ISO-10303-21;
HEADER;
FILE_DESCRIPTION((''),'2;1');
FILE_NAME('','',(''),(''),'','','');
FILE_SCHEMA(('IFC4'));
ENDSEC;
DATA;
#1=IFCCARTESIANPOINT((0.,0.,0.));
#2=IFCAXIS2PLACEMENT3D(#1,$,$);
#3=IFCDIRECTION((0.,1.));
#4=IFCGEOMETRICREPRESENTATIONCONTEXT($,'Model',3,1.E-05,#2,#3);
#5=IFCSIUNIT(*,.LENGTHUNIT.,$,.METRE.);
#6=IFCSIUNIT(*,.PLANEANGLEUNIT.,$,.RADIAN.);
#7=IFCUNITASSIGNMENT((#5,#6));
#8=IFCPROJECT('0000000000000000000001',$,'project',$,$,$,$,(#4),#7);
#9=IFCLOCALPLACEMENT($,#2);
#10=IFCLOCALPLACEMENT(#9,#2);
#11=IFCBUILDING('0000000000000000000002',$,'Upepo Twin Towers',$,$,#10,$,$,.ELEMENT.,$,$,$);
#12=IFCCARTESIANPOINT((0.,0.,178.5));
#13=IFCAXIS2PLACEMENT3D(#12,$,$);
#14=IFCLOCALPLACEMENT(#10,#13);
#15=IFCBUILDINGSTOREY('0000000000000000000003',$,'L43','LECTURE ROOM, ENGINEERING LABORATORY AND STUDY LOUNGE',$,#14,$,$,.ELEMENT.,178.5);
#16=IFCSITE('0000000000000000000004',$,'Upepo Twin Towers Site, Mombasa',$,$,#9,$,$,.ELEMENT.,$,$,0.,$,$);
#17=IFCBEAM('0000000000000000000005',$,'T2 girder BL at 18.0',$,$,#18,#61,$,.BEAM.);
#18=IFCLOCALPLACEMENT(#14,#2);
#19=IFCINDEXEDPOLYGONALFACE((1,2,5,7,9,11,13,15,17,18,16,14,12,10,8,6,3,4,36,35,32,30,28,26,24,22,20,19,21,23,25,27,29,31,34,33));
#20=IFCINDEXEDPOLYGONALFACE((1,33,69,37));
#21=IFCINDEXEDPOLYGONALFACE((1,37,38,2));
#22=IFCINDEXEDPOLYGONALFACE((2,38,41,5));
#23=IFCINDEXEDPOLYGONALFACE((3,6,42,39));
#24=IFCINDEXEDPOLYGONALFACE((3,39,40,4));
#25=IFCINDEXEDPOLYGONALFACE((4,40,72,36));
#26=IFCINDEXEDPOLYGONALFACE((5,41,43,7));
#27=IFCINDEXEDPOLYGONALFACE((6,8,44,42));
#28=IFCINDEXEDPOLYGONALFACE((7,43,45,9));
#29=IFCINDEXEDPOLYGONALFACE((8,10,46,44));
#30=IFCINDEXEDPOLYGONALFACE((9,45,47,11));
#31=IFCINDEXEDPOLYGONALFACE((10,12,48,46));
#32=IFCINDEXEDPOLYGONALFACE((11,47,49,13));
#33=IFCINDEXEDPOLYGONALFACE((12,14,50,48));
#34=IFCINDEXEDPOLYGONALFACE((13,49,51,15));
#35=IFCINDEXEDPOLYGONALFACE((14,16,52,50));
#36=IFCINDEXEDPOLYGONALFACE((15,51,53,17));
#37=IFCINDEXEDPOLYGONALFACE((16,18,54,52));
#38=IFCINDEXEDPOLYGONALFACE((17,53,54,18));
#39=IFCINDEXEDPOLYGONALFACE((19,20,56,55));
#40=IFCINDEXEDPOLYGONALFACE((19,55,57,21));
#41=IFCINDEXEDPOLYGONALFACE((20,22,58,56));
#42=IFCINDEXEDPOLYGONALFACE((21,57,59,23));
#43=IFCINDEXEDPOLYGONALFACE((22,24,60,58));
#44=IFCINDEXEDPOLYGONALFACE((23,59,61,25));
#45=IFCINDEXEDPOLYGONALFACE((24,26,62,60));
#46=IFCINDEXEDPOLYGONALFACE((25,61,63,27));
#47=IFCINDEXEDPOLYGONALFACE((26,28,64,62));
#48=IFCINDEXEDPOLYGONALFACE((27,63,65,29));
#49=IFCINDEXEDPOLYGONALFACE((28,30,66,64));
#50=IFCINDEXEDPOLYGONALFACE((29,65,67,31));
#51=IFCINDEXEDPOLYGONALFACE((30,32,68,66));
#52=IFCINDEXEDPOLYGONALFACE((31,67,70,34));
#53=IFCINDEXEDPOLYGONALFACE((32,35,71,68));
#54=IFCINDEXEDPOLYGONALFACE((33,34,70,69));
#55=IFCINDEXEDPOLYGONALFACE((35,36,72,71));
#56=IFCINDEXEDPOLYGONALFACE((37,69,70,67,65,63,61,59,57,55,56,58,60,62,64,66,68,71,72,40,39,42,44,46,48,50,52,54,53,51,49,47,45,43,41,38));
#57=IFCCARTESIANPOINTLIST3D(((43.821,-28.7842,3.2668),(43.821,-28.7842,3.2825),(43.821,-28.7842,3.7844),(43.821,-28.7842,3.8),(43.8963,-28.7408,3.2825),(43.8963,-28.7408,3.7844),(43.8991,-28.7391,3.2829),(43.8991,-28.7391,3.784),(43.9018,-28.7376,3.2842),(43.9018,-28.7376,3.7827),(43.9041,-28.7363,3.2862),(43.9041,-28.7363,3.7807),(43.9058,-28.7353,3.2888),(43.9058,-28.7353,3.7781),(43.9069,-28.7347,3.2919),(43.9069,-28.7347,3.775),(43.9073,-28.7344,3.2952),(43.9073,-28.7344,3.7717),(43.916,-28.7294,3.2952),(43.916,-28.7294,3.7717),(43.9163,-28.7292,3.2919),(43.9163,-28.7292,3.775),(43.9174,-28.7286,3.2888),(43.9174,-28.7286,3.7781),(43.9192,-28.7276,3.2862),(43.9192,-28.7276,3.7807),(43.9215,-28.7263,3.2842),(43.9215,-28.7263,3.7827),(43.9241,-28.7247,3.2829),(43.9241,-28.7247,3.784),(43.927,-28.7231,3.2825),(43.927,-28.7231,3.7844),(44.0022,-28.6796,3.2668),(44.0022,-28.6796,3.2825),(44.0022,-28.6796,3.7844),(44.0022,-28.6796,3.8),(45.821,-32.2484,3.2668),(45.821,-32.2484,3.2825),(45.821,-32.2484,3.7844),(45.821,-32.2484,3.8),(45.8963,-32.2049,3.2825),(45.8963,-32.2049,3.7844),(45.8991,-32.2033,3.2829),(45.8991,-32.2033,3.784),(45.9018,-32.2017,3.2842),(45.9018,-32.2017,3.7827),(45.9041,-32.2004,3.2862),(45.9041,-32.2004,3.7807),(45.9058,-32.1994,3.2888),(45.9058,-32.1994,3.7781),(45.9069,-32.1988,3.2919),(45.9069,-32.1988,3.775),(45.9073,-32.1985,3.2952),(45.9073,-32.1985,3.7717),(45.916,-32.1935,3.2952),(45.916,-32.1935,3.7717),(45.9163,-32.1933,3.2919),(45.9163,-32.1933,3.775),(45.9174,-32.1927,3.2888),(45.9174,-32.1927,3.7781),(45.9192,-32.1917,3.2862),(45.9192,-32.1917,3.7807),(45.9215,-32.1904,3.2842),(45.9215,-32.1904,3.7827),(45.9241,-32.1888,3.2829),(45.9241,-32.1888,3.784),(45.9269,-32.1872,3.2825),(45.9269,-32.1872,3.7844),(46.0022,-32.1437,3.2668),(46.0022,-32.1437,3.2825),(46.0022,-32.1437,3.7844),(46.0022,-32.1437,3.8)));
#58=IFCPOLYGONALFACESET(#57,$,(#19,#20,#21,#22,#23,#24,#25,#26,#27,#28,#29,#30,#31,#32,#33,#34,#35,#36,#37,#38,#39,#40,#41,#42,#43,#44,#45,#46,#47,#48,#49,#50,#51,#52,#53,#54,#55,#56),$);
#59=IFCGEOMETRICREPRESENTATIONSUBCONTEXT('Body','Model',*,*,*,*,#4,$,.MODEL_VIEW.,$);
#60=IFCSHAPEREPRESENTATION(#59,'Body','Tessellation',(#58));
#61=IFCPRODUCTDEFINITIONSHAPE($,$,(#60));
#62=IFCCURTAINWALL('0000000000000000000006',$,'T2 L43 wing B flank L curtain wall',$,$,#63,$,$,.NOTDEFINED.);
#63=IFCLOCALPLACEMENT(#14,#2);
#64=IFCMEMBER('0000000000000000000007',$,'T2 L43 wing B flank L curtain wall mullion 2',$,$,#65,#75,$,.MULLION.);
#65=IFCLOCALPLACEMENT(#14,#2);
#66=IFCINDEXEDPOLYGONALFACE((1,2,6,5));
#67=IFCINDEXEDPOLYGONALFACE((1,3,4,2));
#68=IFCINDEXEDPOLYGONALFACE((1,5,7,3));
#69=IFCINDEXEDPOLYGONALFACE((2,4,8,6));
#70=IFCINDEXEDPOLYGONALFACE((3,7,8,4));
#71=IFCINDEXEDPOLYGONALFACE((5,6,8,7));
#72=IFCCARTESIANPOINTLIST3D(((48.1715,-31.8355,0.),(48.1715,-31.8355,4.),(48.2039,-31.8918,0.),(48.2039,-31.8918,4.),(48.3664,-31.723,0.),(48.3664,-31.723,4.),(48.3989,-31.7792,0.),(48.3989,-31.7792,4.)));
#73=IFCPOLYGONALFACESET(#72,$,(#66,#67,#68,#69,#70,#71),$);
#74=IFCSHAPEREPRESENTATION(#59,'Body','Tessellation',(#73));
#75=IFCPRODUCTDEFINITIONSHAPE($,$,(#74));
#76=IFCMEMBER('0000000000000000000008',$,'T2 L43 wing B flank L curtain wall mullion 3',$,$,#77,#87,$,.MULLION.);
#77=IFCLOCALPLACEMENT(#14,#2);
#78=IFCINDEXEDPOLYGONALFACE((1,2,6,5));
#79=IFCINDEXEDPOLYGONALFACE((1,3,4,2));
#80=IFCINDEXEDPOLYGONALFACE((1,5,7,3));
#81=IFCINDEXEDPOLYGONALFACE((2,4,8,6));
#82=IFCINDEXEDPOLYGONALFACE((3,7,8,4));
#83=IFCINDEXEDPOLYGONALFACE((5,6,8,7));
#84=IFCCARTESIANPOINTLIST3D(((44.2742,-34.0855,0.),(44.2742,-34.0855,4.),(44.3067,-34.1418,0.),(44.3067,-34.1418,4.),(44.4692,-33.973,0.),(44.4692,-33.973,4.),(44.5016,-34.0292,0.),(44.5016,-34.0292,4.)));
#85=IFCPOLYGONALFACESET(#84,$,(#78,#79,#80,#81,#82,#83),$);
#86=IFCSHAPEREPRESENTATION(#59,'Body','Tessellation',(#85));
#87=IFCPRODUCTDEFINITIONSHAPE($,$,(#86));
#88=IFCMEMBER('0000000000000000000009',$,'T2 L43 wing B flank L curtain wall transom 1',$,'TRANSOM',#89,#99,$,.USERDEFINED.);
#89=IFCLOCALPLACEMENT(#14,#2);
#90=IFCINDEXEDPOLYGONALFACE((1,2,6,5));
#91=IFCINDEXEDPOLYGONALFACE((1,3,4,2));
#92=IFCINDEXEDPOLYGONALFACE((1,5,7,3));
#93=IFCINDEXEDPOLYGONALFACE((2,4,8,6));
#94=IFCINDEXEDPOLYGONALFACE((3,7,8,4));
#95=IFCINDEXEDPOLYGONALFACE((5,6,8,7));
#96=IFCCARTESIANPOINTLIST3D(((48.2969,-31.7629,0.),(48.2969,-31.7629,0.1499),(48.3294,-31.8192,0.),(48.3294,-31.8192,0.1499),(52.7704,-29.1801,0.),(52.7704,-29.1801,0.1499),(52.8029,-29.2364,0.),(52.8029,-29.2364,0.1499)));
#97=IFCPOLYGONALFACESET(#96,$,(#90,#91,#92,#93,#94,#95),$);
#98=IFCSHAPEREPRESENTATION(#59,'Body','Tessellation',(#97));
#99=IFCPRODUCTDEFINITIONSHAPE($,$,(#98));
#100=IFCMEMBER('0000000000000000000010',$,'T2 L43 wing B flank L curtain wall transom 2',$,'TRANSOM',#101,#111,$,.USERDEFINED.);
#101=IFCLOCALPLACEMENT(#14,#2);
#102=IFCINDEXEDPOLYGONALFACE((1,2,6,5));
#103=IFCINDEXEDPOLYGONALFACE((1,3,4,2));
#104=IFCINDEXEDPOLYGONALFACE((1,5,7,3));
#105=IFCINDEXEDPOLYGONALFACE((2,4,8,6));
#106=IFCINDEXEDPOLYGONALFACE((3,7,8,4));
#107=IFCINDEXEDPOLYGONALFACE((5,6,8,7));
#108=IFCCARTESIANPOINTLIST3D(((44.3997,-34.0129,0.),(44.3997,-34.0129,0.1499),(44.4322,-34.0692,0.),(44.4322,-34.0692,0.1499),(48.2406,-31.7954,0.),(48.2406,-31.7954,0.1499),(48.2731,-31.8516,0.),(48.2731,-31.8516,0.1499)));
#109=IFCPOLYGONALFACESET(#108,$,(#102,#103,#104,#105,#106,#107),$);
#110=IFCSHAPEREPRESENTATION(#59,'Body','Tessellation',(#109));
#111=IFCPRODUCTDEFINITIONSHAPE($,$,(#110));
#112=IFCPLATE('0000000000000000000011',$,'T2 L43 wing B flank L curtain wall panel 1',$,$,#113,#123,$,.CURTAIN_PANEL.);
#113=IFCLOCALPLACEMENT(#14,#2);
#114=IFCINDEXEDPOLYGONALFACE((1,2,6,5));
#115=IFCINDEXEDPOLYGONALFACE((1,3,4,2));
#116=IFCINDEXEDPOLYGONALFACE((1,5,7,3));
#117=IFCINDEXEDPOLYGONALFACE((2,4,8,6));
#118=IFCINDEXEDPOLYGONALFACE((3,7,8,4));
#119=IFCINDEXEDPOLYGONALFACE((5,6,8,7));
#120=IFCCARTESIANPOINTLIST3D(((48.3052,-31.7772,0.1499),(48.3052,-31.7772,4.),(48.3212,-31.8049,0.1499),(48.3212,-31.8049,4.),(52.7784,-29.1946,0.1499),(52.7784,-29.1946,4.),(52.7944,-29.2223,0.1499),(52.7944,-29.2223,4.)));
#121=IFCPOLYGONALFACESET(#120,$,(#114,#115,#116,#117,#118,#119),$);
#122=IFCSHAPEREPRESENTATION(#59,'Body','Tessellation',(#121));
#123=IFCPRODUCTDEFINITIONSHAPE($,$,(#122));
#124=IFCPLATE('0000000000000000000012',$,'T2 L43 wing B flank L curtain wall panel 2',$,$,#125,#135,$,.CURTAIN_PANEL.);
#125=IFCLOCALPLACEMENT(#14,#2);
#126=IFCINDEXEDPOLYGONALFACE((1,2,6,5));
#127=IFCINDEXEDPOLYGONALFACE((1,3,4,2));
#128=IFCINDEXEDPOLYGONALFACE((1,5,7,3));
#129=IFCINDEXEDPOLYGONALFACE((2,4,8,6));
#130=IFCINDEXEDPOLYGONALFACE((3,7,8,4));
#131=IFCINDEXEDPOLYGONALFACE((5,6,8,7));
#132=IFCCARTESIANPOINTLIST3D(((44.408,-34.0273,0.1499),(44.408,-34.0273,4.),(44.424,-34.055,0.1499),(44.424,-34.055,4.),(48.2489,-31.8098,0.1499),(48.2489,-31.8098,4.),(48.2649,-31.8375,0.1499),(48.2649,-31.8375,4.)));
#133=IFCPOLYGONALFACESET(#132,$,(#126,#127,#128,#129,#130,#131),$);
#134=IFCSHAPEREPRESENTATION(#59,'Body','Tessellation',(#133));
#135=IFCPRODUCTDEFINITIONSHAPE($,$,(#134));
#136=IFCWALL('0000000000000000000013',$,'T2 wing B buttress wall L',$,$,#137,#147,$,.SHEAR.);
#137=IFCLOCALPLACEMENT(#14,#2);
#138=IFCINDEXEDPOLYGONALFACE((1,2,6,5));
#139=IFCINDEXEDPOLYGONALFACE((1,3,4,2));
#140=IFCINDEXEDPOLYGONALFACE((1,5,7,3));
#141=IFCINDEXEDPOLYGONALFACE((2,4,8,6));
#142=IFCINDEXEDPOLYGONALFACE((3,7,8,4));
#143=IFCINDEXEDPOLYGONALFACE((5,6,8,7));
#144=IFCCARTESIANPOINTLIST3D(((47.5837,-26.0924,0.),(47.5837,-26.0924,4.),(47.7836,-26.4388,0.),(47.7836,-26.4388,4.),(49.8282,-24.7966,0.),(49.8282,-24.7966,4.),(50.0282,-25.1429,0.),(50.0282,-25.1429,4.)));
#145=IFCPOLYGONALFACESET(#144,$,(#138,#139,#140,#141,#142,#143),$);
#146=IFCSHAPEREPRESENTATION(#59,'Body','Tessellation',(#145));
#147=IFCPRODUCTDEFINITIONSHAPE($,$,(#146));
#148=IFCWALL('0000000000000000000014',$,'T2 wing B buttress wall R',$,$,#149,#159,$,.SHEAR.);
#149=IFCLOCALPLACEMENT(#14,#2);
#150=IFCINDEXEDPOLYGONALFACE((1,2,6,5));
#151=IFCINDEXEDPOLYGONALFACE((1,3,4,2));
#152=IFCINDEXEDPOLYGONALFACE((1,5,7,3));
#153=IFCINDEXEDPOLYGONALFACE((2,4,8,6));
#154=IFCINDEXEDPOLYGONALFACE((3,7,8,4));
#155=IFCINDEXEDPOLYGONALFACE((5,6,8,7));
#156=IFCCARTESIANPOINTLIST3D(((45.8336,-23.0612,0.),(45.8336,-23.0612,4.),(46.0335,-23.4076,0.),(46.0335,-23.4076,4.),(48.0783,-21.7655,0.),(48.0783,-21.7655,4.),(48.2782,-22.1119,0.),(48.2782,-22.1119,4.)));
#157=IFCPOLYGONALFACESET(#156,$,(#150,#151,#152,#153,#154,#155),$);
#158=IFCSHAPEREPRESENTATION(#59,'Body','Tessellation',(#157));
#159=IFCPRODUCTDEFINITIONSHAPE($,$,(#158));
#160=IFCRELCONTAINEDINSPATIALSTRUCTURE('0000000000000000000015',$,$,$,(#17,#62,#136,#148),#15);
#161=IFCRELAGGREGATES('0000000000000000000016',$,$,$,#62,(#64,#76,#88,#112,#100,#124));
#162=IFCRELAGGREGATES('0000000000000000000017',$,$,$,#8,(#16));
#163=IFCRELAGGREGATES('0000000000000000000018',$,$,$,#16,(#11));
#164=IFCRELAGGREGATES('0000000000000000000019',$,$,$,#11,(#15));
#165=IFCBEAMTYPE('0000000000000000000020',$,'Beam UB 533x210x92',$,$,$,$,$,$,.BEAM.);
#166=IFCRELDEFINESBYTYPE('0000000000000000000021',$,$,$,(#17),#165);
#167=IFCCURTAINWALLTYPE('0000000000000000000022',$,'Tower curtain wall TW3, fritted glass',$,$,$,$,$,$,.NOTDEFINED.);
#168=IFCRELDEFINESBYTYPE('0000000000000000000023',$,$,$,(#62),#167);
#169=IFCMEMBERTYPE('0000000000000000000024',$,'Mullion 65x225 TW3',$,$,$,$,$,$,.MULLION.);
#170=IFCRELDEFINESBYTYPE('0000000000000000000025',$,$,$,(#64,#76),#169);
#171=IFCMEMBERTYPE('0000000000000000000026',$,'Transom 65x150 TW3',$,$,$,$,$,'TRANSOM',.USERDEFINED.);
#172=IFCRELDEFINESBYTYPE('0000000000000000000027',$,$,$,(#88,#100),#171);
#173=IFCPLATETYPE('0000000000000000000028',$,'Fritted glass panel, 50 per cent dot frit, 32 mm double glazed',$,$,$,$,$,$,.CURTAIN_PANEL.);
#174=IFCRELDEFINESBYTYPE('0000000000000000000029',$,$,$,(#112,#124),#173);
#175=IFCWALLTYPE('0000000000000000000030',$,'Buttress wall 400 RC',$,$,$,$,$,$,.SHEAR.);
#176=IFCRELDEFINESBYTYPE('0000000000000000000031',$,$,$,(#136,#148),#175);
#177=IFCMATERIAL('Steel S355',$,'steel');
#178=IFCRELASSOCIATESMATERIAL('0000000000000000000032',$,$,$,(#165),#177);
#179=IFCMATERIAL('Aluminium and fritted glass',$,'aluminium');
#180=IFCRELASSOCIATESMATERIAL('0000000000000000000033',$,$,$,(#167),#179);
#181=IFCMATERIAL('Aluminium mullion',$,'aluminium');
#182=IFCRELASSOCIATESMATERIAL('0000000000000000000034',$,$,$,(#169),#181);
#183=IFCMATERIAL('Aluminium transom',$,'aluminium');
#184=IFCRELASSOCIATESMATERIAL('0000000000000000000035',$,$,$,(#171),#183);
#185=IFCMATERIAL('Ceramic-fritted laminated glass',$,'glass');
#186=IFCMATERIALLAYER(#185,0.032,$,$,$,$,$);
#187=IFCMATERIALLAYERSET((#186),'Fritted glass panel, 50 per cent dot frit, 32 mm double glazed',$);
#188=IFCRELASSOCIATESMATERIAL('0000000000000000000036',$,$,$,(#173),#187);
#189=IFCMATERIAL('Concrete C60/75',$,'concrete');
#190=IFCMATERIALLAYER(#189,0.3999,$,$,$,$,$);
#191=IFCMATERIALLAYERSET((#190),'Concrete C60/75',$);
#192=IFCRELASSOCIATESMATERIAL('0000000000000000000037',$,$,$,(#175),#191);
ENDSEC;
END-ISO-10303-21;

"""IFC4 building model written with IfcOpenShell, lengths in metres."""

from ifc_helpers import new_model, si_unit, direction, frame, frame_2d, origin, origin_2d, place, context, subcontext, project, spatial, rectangle, i_section, extrude, material, layer, layer_set, material_profile, profile_set, type_object, element, aggregate, save


model = new_model("IFC4")

# Units and contexts
model_context = context("Model", 3, precision=1e-05, world=origin(), true_north=direction((0.0, 1.0)))
body_context = subcontext(model_context, "Body", "Model", "MODEL_VIEW")
ifc_project = project(units=[si_unit("LENGTHUNIT", "METRE"), si_unit("PLANEANGLEUNIT", "RADIAN")], contexts=[model_context])

# Site, building, storey
site_placement = place(None, origin())
site = spatial("IfcSite", under=ifc_project, at=site_placement, Name="Upepo Twin Towers Site, Mombasa", CompositionType="ELEMENT", RefElevation=0.0)
building_placement = place(site_placement, origin())
building = spatial("IfcBuilding", under=site, at=building_placement, Name="Upepo Twin Towers", CompositionType="ELEMENT")
storey_placement = place(building_placement, frame((0.0, 0.0, 178.5)))
storey = spatial("IfcBuildingStorey", under=building, at=storey_placement, Name="L43", Description="LECTURE ROOM, ENGINEERING LABORATORY AND STUDY LOUNGE", CompositionType="ELEMENT", Elevation=178.5)

# Beam
ifc_material_1 = material(Name="Steel S355", Category="steel")
ifc_material_profile_1 = material_profile(ifc_material_1, i_section(OverallWidth=0.2092, OverallDepth=0.5332, WebThickness=0.01, FlangeThickness=0.0156, FilletRadius=0.0127, at=origin_2d()), Name="UB 533x210x92")
ifc_profile_set_1 = profile_set([ifc_material_profile_1], Name="Steel S355")
beam_type_1 = type_object("IfcBeamType", Name="Beam UB 533x210x92", PredefinedType="BEAM", material=ifc_profile_set_1)
for number, where, z_axis, x_axis, name in (
    (1, (45.9116, -32.196, 3.5334), (-0.499999, 0.866026, 0.0), (-0.866026, -0.499999, 0.0), "T2 girder BL at 18.0"),
):
    element("IfcBeam", number, at=place(storey_placement, frame(where, z_axis=z_axis, x_axis=x_axis)), inside=storey, type_object=beam_type_1, Name=name, PredefinedType="BEAM", context=body_context, shape_type="SweptSolid", body=[
        extrude(i_section(OverallWidth=0.2092, OverallDepth=0.5332, WebThickness=0.01, FlangeThickness=0.0156, FilletRadius=0.0127, at=origin_2d()), origin(), (0.0, 0.0, 1.0), 4.0),
    ])

# Curtain wall, members, plates
ifc_material_2 = material(Name="Aluminium and fritted glass", Category="aluminium")
curtain_wall_type = type_object("IfcCurtainWallType", Name="Tower curtain wall TW3, fritted glass", PredefinedType="NOTDEFINED", material=ifc_material_2)
curtain_wall_placement = place(storey_placement, origin())
curtain_wall = element("IfcCurtainWall", 2, at=curtain_wall_placement, inside=storey, type_object=curtain_wall_type, Name="T2 L43 wing B flank L curtain wall", PredefinedType="NOTDEFINED")
ifc_material_3 = material(Name="Aluminium mullion", Category="aluminium")
ifc_material_profile_2 = material_profile(ifc_material_3, rectangle(XDim=0.0649, YDim=0.2251, at=origin_2d()), Name="MULLION 65x225")
ifc_profile_set_2 = profile_set([ifc_material_profile_2], Name="Aluminium mullion")
member_type_1 = type_object("IfcMemberType", Name="Mullion 65x225 TW3", PredefinedType="MULLION", material=ifc_profile_set_2)
member_1_placement = place(storey_placement, frame((48.2852, -31.8074, 0.0), z_axis=(0.0, 0.0, 1.0), x_axis=(0.5, -0.866025, 0.0)))
member_1 = element("IfcMember", 3, at=member_1_placement, type_object=member_type_1, Name="T2 L43 wing B flank L curtain wall mullion 2", PredefinedType="MULLION", context=body_context, shape_type="SweptSolid", body=[
    extrude(rectangle(XDim=0.0649, YDim=0.2251, at=origin_2d()), origin(), (0.0, 0.0, 1.0), 4.0),
])
member_2_placement = place(storey_placement, frame((44.3879, -34.0574, 0.0), z_axis=(0.0, 0.0, 1.0), x_axis=(0.5, -0.866025, 0.0)))
member_2 = element("IfcMember", 4, at=member_2_placement, type_object=member_type_1, Name="T2 L43 wing B flank L curtain wall mullion 3", PredefinedType="MULLION", context=body_context, shape_type="SweptSolid", body=[
    extrude(rectangle(XDim=0.0649, YDim=0.2251, at=origin_2d()), origin(), (0.0, 0.0, 1.0), 4.0),
])
ifc_material_4 = material(Name="Aluminium transom", Category="aluminium")
ifc_material_profile_3 = material_profile(ifc_material_4, rectangle(XDim=0.0649, YDim=0.1499, at=origin_2d()), Name="TRANSOM 65x150")
ifc_profile_set_3 = profile_set([ifc_material_profile_3], Name="Aluminium transom")
member_type_2 = type_object("IfcMemberType", Name="Transom 65x150 TW3", ElementType="TRANSOM", PredefinedType="USERDEFINED", material=ifc_profile_set_3)
member_3_placement = place(storey_placement, frame((52.7866, -29.2083, 0.075), z_axis=(-0.866021, -0.500007, 0.0), x_axis=(0.500007, -0.866021, 0.0)))
member_3 = element("IfcMember", 5, at=member_3_placement, type_object=member_type_2, Name="T2 L43 wing B flank L curtain wall transom 1", ObjectType="TRANSOM", PredefinedType="USERDEFINED", context=body_context, shape_type="SweptSolid", body=[
    extrude(rectangle(XDim=0.0649, YDim=0.1499, at=origin_2d()), origin(), (0.0, 0.0, 1.0), 5.1655),
])
member_4_placement = place(storey_placement, frame((48.2568, -31.8235, 0.075), z_axis=(-0.866022, -0.500005, 0.0), x_axis=(0.500005, -0.866022, 0.0)))
member_4 = element("IfcMember", 6, at=member_4_placement, type_object=member_type_2, Name="T2 L43 wing B flank L curtain wall transom 2", ObjectType="TRANSOM", PredefinedType="USERDEFINED", context=body_context, shape_type="SweptSolid", body=[
    extrude(rectangle(XDim=0.0649, YDim=0.1499, at=origin_2d()), origin(), (0.0, 0.0, 1.0), 4.4351),
])
ifc_material_5 = material(Name="Ceramic-fritted laminated glass", Category="glass")
ifc_layer_1 = layer(ifc_material_5, 0.032)
ifc_layer_set_1 = layer_set([ifc_layer_1], Name="Fritted glass panel, 50 per cent dot frit, 32 mm double glazed")
plate_type = type_object("IfcPlateType", Name="Fritted glass panel, 50 per cent dot frit, 32 mm double glazed", PredefinedType="CURTAIN_PANEL", material=ifc_layer_set_1)
plate_1_placement = place(storey_placement, frame((50.5498, -30.4998, 0.1499), z_axis=(0.0, 0.0, 1.0), x_axis=(-0.866025, -0.5, 0.0)))
plate_1 = element("IfcPlate", 7, at=plate_1_placement, type_object=plate_type, Name="T2 L43 wing B flank L curtain wall panel 1", PredefinedType="CURTAIN_PANEL", context=body_context, shape_type="SweptSolid", body=[
    extrude(rectangle(XDim=5.1653, YDim=0.032, at=origin_2d()), origin(), (0.0, 0.0, 1.0), 3.8501),
])
plate_2_placement = place(storey_placement, frame((46.3364, -32.9324, 0.1499), z_axis=(0.0, 0.0, 1.0), x_axis=(-0.866025, -0.5, 0.0)))
plate_2 = element("IfcPlate", 8, at=plate_2_placement, type_object=plate_type, Name="T2 L43 wing B flank L curtain wall panel 2", PredefinedType="CURTAIN_PANEL", context=body_context, shape_type="SweptSolid", body=[
    extrude(rectangle(XDim=4.4351, YDim=0.032, at=origin_2d()), origin(), (0.0, 0.0, 1.0), 3.8501),
])
aggregate(curtain_wall, [member_1, member_2, member_3, plate_1, member_4, plate_2])

# Walls
ifc_material_6 = material(Name="Concrete C60/75", Category="concrete")
ifc_layer_2 = layer(ifc_material_6, 0.3999)
ifc_layer_set_2 = layer_set([ifc_layer_2], Name="Concrete C60/75")
wall_type_1 = type_object("IfcWallType", Name="Buttress wall 400 RC", PredefinedType="SHEAR", material=ifc_layer_set_2)
for number, where, z_axis, x_axis, name in (
    (9, (49.9282, -24.9697, 0.0), (0.0, 0.0, 1.0), (-0.866032, -0.499989, 0.0), "T2 wing B buttress wall L"),
    (10, (48.1782, -21.9387, 0.0), (0.0, 0.0, 1.0), (-0.866073, -0.499918, 0.0), "T2 wing B buttress wall R"),
):
    element("IfcWall", number, at=place(storey_placement, frame(where, z_axis=z_axis, x_axis=x_axis)), inside=storey, type_object=wall_type_1, Name=name, PredefinedType="SHEAR", context=body_context, shape_type="SweptSolid", body=[
        extrude(rectangle(XDim=2.5918, YDim=0.3999, at=frame_2d((1.2959, 0.0))), origin(), (0.0, 0.0, 1.0), 4.0),
    ])

save(model, "model.ifc")
